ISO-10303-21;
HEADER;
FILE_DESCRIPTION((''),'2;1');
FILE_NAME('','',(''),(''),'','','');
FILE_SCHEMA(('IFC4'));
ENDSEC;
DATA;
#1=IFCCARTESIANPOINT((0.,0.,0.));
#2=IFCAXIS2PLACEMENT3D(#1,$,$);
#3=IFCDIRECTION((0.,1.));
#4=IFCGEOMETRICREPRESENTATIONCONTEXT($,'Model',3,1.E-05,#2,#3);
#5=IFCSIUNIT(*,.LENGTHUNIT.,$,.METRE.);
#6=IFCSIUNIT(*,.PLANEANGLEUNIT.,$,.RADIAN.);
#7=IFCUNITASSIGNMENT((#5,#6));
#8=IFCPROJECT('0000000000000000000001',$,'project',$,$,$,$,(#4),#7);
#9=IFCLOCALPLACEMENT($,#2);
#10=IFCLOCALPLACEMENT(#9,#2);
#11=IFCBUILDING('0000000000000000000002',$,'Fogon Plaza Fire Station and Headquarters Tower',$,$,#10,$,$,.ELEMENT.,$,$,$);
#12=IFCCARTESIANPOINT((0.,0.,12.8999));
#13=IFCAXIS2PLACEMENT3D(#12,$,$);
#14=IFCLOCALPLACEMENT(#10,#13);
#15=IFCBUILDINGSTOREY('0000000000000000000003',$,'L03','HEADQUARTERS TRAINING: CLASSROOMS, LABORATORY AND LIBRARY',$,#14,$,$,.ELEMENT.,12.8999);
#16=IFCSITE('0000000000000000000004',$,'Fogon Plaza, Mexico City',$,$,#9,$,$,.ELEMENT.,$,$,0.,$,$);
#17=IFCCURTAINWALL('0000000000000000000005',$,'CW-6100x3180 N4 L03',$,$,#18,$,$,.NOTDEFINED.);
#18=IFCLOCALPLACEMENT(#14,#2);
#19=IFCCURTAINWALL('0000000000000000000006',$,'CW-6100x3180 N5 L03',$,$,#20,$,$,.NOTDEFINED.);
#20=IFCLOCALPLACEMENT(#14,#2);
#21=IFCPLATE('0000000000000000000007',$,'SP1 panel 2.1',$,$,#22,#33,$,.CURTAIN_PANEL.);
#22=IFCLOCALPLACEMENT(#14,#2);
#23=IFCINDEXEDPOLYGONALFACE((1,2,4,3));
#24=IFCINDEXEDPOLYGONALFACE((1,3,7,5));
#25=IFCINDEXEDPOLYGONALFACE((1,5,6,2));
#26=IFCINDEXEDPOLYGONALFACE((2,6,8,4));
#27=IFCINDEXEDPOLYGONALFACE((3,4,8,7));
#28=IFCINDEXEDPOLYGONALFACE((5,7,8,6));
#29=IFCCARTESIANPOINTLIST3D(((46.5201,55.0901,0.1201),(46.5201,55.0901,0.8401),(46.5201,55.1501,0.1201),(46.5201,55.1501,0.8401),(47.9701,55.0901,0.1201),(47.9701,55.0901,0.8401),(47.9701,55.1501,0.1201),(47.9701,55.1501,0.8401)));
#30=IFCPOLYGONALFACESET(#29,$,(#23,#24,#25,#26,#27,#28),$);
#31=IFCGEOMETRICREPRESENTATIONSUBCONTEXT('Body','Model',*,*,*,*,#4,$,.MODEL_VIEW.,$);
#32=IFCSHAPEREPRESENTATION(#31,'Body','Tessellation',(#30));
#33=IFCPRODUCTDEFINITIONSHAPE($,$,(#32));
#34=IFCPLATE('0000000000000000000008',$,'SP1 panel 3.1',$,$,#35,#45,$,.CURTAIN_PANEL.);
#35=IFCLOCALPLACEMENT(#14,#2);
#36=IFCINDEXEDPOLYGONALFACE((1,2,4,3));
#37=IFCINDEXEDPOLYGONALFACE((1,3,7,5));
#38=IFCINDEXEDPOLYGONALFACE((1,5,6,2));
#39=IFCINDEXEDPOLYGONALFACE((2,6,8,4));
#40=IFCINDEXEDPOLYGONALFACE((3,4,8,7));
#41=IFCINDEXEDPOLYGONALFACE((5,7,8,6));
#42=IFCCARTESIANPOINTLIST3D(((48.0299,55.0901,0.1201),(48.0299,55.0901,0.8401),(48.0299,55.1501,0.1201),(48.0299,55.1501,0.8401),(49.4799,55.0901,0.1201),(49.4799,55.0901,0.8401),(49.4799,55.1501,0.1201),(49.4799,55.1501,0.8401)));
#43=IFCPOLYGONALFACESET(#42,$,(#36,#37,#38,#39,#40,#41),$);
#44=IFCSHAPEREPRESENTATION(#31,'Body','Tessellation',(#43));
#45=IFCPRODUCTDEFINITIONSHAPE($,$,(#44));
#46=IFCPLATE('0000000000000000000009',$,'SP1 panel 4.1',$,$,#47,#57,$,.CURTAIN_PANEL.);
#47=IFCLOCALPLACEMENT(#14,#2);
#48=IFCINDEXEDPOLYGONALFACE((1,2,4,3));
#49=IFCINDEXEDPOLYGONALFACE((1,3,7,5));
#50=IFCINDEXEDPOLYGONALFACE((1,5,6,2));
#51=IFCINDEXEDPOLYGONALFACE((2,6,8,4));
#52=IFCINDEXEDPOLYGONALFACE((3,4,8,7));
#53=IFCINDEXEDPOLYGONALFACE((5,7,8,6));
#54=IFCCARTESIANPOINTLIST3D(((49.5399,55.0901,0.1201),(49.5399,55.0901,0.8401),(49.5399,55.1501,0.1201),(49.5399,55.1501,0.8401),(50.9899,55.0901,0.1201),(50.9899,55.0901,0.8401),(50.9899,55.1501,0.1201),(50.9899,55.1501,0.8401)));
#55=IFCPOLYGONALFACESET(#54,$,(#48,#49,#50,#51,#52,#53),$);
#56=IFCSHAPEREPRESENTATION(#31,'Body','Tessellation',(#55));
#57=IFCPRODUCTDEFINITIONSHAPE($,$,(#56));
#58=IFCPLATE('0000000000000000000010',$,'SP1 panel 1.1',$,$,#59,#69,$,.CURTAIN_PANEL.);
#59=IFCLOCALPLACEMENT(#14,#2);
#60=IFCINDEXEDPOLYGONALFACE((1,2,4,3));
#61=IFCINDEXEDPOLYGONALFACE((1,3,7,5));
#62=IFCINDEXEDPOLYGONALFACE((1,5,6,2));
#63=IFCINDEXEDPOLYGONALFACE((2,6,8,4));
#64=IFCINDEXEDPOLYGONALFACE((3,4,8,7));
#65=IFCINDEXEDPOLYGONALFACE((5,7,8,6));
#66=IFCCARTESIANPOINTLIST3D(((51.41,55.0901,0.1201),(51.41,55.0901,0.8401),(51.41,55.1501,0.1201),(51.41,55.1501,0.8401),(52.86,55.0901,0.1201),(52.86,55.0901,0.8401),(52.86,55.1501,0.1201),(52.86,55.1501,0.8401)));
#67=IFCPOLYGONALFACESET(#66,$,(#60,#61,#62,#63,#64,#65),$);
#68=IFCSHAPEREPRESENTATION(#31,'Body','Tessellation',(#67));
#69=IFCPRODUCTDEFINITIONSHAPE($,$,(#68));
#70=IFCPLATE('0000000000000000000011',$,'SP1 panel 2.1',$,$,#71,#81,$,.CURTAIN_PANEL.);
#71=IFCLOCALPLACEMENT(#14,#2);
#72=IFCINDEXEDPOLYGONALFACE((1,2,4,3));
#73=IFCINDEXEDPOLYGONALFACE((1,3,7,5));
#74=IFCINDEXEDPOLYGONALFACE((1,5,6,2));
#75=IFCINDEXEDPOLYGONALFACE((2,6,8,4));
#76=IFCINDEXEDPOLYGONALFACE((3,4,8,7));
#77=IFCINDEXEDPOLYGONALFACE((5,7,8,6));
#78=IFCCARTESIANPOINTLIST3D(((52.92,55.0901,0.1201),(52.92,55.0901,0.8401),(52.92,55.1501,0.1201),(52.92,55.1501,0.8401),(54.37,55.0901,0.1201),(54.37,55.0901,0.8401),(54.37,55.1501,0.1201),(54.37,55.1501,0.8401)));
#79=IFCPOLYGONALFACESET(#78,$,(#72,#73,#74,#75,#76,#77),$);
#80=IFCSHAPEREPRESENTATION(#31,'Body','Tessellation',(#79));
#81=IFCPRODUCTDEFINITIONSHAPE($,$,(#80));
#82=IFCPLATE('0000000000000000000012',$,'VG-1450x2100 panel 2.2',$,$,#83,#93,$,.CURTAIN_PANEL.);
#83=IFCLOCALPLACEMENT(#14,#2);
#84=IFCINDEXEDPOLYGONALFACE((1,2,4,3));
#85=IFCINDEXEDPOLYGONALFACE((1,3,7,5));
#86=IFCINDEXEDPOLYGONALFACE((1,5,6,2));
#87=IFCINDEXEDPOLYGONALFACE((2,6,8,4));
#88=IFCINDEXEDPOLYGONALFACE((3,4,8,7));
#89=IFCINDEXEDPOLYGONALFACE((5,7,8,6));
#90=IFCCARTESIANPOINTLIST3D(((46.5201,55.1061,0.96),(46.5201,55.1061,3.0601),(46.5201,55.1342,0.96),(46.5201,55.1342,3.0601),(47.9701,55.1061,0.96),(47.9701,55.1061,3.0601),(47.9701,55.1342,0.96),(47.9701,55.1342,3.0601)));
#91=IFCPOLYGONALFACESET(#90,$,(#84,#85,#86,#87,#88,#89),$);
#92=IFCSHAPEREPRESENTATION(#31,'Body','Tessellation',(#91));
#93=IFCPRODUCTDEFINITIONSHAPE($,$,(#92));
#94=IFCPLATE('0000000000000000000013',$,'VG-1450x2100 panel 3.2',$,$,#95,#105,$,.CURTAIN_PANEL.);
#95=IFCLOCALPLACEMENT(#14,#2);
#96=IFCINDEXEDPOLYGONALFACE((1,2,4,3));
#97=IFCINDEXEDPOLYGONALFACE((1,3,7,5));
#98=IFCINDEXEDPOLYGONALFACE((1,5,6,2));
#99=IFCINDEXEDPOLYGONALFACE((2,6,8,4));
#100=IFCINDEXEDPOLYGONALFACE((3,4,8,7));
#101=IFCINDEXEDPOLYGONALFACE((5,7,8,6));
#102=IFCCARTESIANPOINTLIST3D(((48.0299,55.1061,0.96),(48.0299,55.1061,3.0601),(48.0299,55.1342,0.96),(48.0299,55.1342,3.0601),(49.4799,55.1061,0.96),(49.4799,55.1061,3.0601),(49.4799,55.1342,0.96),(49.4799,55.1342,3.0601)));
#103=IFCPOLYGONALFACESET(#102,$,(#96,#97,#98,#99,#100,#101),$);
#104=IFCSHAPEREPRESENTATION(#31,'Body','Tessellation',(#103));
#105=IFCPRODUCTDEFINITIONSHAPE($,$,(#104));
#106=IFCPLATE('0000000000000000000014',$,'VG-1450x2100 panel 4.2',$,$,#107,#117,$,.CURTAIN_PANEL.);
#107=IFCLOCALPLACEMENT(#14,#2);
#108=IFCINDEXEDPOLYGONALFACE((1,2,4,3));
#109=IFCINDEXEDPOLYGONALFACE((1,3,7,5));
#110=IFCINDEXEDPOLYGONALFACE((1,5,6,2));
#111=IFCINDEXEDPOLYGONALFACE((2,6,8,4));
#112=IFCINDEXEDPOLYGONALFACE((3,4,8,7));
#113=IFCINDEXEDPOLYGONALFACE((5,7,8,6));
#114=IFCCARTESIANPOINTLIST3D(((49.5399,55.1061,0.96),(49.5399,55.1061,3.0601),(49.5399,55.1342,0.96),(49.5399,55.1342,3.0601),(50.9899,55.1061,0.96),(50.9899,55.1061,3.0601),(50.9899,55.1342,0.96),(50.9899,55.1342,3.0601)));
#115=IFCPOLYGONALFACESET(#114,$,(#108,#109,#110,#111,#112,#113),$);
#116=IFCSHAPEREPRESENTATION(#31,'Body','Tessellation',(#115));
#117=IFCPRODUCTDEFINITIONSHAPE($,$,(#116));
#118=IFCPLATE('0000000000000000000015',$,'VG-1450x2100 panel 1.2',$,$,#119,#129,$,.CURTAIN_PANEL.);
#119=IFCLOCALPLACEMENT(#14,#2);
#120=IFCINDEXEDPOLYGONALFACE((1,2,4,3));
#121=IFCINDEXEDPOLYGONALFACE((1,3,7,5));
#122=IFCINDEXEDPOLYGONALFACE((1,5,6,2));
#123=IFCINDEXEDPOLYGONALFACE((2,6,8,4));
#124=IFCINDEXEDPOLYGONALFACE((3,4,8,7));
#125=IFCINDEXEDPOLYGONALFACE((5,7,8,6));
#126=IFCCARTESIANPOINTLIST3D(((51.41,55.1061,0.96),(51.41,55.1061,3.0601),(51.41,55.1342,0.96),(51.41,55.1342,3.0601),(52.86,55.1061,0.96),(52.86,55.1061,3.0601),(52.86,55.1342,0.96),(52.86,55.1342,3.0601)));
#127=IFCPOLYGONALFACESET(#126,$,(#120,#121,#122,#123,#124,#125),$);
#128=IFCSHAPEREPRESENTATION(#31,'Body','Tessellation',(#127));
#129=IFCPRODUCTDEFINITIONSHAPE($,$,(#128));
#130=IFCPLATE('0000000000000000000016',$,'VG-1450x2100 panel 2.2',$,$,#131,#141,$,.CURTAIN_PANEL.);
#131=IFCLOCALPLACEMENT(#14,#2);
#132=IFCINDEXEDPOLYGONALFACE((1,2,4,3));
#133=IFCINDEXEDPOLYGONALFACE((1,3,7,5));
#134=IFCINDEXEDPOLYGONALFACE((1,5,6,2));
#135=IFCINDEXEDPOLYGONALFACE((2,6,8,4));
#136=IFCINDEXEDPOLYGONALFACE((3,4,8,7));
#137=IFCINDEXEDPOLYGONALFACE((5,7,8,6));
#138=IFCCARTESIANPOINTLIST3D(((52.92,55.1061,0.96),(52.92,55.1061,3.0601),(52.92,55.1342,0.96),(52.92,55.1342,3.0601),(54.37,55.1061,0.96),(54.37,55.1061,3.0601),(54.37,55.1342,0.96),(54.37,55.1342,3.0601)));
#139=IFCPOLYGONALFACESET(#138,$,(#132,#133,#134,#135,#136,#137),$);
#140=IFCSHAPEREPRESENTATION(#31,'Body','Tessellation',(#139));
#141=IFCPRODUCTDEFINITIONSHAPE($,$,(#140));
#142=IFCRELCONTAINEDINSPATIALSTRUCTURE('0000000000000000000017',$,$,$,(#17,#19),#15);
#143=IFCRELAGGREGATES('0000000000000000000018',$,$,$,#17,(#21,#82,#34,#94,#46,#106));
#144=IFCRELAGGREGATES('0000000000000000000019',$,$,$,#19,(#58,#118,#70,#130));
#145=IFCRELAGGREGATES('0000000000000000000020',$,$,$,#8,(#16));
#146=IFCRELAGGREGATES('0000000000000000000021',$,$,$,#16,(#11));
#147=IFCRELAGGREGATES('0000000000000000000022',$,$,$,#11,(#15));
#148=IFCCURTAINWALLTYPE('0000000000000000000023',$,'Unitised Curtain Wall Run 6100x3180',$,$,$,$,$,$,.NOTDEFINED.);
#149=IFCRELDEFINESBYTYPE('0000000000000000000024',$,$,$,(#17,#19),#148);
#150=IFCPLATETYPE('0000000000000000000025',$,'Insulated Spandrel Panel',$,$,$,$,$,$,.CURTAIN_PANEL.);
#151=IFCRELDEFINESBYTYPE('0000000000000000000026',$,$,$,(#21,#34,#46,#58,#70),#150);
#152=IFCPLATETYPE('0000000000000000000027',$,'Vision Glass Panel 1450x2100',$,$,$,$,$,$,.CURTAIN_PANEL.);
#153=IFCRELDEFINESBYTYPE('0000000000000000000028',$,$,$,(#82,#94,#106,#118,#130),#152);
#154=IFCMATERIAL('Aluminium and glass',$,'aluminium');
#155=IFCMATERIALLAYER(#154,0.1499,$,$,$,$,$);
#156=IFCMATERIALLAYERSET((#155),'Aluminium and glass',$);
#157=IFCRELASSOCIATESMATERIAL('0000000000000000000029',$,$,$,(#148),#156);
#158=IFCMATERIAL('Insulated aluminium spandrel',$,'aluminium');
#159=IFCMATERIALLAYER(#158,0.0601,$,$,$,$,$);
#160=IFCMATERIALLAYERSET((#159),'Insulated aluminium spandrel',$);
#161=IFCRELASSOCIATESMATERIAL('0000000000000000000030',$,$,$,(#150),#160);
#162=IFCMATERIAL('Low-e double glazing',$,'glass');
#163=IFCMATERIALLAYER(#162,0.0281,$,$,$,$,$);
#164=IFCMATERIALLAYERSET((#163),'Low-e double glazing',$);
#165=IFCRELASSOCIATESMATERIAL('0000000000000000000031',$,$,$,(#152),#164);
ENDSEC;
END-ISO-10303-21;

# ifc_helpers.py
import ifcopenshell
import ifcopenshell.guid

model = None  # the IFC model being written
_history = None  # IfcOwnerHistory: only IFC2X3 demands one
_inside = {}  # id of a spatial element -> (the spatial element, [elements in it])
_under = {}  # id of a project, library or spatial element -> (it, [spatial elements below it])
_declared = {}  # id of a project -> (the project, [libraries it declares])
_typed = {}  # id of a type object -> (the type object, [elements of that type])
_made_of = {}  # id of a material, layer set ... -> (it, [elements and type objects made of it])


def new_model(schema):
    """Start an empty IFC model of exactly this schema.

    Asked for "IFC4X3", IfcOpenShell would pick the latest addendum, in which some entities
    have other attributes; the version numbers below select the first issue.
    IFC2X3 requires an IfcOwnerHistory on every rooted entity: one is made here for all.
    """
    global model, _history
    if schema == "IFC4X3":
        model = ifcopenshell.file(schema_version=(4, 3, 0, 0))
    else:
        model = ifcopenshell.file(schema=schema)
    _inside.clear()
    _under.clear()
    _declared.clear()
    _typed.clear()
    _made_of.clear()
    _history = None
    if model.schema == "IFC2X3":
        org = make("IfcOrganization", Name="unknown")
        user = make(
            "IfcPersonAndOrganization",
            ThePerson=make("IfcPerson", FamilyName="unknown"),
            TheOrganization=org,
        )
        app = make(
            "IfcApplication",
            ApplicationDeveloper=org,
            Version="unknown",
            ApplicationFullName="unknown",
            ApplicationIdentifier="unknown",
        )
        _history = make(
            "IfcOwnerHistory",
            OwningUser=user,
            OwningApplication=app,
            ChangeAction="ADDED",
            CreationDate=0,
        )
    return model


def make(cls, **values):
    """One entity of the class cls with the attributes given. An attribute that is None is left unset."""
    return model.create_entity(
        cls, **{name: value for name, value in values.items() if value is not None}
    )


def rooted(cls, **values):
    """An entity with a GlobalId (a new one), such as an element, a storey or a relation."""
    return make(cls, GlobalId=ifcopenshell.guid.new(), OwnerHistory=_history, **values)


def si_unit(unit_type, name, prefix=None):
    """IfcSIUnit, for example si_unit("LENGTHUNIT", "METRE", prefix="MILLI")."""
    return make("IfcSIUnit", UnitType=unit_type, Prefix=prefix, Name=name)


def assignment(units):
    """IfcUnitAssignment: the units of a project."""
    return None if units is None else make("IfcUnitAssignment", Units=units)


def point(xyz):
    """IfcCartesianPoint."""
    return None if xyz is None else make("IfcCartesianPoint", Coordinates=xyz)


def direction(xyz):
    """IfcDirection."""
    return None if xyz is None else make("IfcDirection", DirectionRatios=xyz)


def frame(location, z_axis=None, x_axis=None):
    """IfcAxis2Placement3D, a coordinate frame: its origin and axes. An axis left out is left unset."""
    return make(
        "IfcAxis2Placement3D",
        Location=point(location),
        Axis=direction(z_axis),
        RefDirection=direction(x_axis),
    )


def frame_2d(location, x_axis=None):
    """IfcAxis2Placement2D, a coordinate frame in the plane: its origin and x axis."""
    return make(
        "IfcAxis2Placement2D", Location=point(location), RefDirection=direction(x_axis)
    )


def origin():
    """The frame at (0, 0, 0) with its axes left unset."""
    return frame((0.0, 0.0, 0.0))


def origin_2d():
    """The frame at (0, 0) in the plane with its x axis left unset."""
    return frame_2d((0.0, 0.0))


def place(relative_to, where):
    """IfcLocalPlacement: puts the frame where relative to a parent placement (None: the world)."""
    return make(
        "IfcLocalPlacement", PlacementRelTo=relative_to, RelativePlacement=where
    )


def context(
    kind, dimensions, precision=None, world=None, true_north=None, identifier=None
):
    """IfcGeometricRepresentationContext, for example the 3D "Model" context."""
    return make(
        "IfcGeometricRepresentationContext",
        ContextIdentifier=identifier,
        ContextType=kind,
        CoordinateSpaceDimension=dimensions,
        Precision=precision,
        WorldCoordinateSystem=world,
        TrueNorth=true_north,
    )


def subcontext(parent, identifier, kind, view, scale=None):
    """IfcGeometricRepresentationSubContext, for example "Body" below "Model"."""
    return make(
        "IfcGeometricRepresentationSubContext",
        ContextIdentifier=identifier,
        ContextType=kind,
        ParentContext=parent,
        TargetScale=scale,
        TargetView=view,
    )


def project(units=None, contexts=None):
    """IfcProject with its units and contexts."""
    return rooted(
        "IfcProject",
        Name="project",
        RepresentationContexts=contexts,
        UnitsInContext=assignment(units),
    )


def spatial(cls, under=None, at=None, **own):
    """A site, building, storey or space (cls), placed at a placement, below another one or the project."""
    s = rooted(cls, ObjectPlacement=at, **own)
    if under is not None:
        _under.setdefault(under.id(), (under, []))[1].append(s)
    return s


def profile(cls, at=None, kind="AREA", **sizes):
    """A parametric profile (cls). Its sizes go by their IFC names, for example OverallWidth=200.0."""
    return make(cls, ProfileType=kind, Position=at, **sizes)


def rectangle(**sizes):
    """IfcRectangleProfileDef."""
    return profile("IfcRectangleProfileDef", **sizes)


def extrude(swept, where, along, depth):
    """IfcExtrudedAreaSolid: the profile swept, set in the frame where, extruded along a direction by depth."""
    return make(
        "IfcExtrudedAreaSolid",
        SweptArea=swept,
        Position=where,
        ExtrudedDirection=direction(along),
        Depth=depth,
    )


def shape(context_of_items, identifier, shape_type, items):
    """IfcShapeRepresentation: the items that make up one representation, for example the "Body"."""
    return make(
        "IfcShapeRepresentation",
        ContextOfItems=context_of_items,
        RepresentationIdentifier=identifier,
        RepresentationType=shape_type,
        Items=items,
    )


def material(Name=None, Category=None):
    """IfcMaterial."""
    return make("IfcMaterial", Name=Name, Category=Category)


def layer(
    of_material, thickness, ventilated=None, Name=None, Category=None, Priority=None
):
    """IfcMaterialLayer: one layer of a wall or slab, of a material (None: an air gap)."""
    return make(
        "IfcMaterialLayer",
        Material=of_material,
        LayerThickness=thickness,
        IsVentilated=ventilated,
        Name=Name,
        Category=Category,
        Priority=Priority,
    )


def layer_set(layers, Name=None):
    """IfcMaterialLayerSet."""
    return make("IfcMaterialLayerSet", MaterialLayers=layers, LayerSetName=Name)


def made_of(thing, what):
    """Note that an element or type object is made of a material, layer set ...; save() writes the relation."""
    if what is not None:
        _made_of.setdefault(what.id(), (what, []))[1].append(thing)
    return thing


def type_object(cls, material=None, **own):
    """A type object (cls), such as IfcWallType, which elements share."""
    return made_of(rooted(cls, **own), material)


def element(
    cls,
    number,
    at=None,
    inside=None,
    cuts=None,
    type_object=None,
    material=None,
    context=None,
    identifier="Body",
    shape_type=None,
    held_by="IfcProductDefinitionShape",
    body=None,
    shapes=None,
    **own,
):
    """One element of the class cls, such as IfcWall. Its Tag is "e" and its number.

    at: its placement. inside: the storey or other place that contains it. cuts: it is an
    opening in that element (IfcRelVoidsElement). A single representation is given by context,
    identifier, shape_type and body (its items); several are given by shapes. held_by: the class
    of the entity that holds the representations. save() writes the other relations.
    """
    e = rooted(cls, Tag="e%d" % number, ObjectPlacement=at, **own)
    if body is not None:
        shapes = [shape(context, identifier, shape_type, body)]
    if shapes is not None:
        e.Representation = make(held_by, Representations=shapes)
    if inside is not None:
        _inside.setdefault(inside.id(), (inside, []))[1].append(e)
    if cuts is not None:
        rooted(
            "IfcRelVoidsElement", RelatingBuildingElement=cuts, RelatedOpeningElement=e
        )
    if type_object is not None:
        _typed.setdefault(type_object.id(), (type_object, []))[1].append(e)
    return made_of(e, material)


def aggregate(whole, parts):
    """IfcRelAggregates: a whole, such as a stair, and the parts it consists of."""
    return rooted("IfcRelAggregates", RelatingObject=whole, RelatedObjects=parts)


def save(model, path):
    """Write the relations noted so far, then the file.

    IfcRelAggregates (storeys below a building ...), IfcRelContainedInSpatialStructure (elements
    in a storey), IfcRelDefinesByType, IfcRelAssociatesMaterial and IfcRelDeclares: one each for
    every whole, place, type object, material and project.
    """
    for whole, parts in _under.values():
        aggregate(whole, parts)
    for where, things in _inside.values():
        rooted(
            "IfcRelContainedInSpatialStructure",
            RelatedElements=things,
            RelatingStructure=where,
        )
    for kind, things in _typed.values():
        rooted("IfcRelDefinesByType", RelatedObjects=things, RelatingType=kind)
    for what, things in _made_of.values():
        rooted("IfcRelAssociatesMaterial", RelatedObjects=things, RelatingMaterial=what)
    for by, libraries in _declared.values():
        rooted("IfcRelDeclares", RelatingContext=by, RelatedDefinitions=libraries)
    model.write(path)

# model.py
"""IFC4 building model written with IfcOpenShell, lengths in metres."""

from ifc_helpers import new_model, si_unit, direction, frame, origin, origin_2d, place, context, subcontext, project, spatial, rectangle, extrude, material, layer, layer_set, type_object, element, aggregate, save


model = new_model("IFC4")

# Units and contexts
model_context = context("Model", 3, precision=1e-05, world=origin(), true_north=direction((0.0, 1.0)))
body_context = subcontext(model_context, "Body", "Model", "MODEL_VIEW")
ifc_project = project(units=[si_unit("LENGTHUNIT", "METRE"), si_unit("PLANEANGLEUNIT", "RADIAN")], contexts=[model_context])

# Site, building, storey
site_placement = place(None, origin())
site = spatial("IfcSite", under=ifc_project, at=site_placement, Name="Fogon Plaza, Mexico City", CompositionType="ELEMENT", RefElevation=0.0)
building_placement = place(site_placement, origin())
building = spatial("IfcBuilding", under=site, at=building_placement, Name="Fogon Plaza Fire Station and Headquarters Tower", CompositionType="ELEMENT")
storey_placement = place(building_placement, frame((0.0, 0.0, 12.8999)))
storey = spatial("IfcBuildingStorey", under=building, at=storey_placement, Name="L03", Description="HEADQUARTERS TRAINING: CLASSROOMS, LABORATORY AND LIBRARY", CompositionType="ELEMENT", Elevation=12.8999)

# Curtain walls
ifc_material_1 = material(Name="Aluminium and glass", Category="aluminium")
ifc_layer_1 = layer(ifc_material_1, 0.1499)
ifc_layer_set_1 = layer_set([ifc_layer_1], Name="Aluminium and glass")
curtain_wall_type = type_object("IfcCurtainWallType", Name="Unitised Curtain Wall Run 6100x3180", PredefinedType="NOTDEFINED", material=ifc_layer_set_1)
curtain_wall_1_placement = place(storey_placement, origin())
curtain_wall_1 = element("IfcCurtainWall", 1, at=curtain_wall_1_placement, inside=storey, type_object=curtain_wall_type, Name="CW-6100x3180 N4 L03", PredefinedType="NOTDEFINED")
curtain_wall_2_placement = place(storey_placement, origin())
curtain_wall_2 = element("IfcCurtainWall", 2, at=curtain_wall_2_placement, inside=storey, type_object=curtain_wall_type, Name="CW-6100x3180 N5 L03", PredefinedType="NOTDEFINED")

# Plates
ifc_material_2 = material(Name="Insulated aluminium spandrel", Category="aluminium")
ifc_layer_2 = layer(ifc_material_2, 0.0601)
ifc_layer_set_2 = layer_set([ifc_layer_2], Name="Insulated aluminium spandrel")
plate_type_1 = type_object("IfcPlateType", Name="Insulated Spandrel Panel", PredefinedType="CURTAIN_PANEL", material=ifc_layer_set_2)
plate_1_placement = place(storey_placement, frame((47.2451, 55.1201, 0.1201), z_axis=(0.0, 0.0, 1.0), x_axis=(1.0, 0.0, 0.0)))
plate_1 = element("IfcPlate", 3, at=plate_1_placement, type_object=plate_type_1, Name="SP1 panel 2.1", PredefinedType="CURTAIN_PANEL", context=body_context, shape_type="SweptSolid", body=[
    extrude(rectangle(XDim=1.45, YDim=0.0601, at=origin_2d()), origin(), (0.0, 0.0, 1.0), 0.72),
])
plate_2_placement = place(storey_placement, frame((48.7549, 55.1201, 0.1201), z_axis=(0.0, 0.0, 1.0), x_axis=(1.0, 0.0, 0.0)))
plate_2 = element("IfcPlate", 4, at=plate_2_placement, type_object=plate_type_1, Name="SP1 panel 3.1", PredefinedType="CURTAIN_PANEL", context=body_context, shape_type="SweptSolid", body=[
    extrude(rectangle(XDim=1.45, YDim=0.0601, at=origin_2d()), origin(), (0.0, 0.0, 1.0), 0.72),
])
plate_3_placement = place(storey_placement, frame((50.2649, 55.1201, 0.1201), z_axis=(0.0, 0.0, 1.0), x_axis=(1.0, 0.0, 0.0)))
plate_3 = element("IfcPlate", 5, at=plate_3_placement, type_object=plate_type_1, Name="SP1 panel 4.1", PredefinedType="CURTAIN_PANEL", context=body_context, shape_type="SweptSolid", body=[
    extrude(rectangle(XDim=1.45, YDim=0.0601, at=origin_2d()), origin(), (0.0, 0.0, 1.0), 0.72),
])
plate_4_placement = place(storey_placement, frame((52.135, 55.1201, 0.1201), z_axis=(0.0, 0.0, 1.0), x_axis=(1.0, 0.0, 0.0)))
plate_4 = element("IfcPlate", 6, at=plate_4_placement, type_object=plate_type_1, Name="SP1 panel 1.1", PredefinedType="CURTAIN_PANEL", context=body_context, shape_type="SweptSolid", body=[
    extrude(rectangle(XDim=1.45, YDim=0.0601, at=origin_2d()), origin(), (0.0, 0.0, 1.0), 0.72),
])
plate_5_placement = place(storey_placement, frame((53.645, 55.1201, 0.1201), z_axis=(0.0, 0.0, 1.0), x_axis=(1.0, 0.0, 0.0)))
plate_5 = element("IfcPlate", 7, at=plate_5_placement, type_object=plate_type_1, Name="SP1 panel 2.1", PredefinedType="CURTAIN_PANEL", context=body_context, shape_type="SweptSolid", body=[
    extrude(rectangle(XDim=1.45, YDim=0.0601, at=origin_2d()), origin(), (0.0, 0.0, 1.0), 0.72),
])
ifc_material_3 = material(Name="Low-e double glazing", Category="glass")
ifc_layer_3 = layer(ifc_material_3, 0.0281)
ifc_layer_set_3 = layer_set([ifc_layer_3], Name="Low-e double glazing")
plate_type_2 = type_object("IfcPlateType", Name="Vision Glass Panel 1450x2100", PredefinedType="CURTAIN_PANEL", material=ifc_layer_set_3)
plate_6_placement = place(storey_placement, frame((47.2451, 55.1201, 0.96), z_axis=(0.0, 0.0, 1.0), x_axis=(1.0, 0.0, 0.0)))
plate_6 = element("IfcPlate", 8, at=plate_6_placement, type_object=plate_type_2, Name="VG-1450x2100 panel 2.2", PredefinedType="CURTAIN_PANEL", context=body_context, shape_type="SweptSolid", body=[
    extrude(rectangle(XDim=1.45, YDim=0.0281, at=origin_2d()), origin(), (0.0, 0.0, 1.0), 2.1001),
])
plate_7_placement = place(storey_placement, frame((48.7549, 55.1201, 0.96), z_axis=(0.0, 0.0, 1.0), x_axis=(1.0, 0.0, 0.0)))
plate_7 = element("IfcPlate", 9, at=plate_7_placement, type_object=plate_type_2, Name="VG-1450x2100 panel 3.2", PredefinedType="CURTAIN_PANEL", context=body_context, shape_type="SweptSolid", body=[
    extrude(rectangle(XDim=1.45, YDim=0.0281, at=origin_2d()), origin(), (0.0, 0.0, 1.0), 2.1001),
])
plate_8_placement = place(storey_placement, frame((50.2649, 55.1201, 0.96), z_axis=(0.0, 0.0, 1.0), x_axis=(1.0, 0.0, 0.0)))
plate_8 = element("IfcPlate", 10, at=plate_8_placement, type_object=plate_type_2, Name="VG-1450x2100 panel 4.2", PredefinedType="CURTAIN_PANEL", context=body_context, shape_type="SweptSolid", body=[
    extrude(rectangle(XDim=1.45, YDim=0.0281, at=origin_2d()), origin(), (0.0, 0.0, 1.0), 2.1001),
])
aggregate(curtain_wall_1, [plate_1, plate_6, plate_2, plate_7, plate_3, plate_8])
plate_9_placement = place(storey_placement, frame((52.135, 55.1201, 0.96), z_axis=(0.0, 0.0, 1.0), x_axis=(1.0, 0.0, 0.0)))
plate_9 = element("IfcPlate", 11, at=plate_9_placement, type_object=plate_type_2, Name="VG-1450x2100 panel 1.2", PredefinedType="CURTAIN_PANEL", context=body_context, shape_type="SweptSolid", body=[
    extrude(rectangle(XDim=1.45, YDim=0.0281, at=origin_2d()), origin(), (0.0, 0.0, 1.0), 2.1001),
])
plate_10_placement = place(storey_placement, frame((53.645, 55.1201, 0.96), z_axis=(0.0, 0.0, 1.0), x_axis=(1.0, 0.0, 0.0)))
plate_10 = element("IfcPlate", 12, at=plate_10_placement, type_object=plate_type_2, Name="VG-1450x2100 panel 2.2", PredefinedType="CURTAIN_PANEL", context=body_context, shape_type="SweptSolid", body=[
    extrude(rectangle(XDim=1.45, YDim=0.0281, at=origin_2d()), origin(), (0.0, 0.0, 1.0), 2.1001),
])
aggregate(curtain_wall_2, [plate_4, plate_9, plate_5, plate_10])

save(model, "model.ifc")
